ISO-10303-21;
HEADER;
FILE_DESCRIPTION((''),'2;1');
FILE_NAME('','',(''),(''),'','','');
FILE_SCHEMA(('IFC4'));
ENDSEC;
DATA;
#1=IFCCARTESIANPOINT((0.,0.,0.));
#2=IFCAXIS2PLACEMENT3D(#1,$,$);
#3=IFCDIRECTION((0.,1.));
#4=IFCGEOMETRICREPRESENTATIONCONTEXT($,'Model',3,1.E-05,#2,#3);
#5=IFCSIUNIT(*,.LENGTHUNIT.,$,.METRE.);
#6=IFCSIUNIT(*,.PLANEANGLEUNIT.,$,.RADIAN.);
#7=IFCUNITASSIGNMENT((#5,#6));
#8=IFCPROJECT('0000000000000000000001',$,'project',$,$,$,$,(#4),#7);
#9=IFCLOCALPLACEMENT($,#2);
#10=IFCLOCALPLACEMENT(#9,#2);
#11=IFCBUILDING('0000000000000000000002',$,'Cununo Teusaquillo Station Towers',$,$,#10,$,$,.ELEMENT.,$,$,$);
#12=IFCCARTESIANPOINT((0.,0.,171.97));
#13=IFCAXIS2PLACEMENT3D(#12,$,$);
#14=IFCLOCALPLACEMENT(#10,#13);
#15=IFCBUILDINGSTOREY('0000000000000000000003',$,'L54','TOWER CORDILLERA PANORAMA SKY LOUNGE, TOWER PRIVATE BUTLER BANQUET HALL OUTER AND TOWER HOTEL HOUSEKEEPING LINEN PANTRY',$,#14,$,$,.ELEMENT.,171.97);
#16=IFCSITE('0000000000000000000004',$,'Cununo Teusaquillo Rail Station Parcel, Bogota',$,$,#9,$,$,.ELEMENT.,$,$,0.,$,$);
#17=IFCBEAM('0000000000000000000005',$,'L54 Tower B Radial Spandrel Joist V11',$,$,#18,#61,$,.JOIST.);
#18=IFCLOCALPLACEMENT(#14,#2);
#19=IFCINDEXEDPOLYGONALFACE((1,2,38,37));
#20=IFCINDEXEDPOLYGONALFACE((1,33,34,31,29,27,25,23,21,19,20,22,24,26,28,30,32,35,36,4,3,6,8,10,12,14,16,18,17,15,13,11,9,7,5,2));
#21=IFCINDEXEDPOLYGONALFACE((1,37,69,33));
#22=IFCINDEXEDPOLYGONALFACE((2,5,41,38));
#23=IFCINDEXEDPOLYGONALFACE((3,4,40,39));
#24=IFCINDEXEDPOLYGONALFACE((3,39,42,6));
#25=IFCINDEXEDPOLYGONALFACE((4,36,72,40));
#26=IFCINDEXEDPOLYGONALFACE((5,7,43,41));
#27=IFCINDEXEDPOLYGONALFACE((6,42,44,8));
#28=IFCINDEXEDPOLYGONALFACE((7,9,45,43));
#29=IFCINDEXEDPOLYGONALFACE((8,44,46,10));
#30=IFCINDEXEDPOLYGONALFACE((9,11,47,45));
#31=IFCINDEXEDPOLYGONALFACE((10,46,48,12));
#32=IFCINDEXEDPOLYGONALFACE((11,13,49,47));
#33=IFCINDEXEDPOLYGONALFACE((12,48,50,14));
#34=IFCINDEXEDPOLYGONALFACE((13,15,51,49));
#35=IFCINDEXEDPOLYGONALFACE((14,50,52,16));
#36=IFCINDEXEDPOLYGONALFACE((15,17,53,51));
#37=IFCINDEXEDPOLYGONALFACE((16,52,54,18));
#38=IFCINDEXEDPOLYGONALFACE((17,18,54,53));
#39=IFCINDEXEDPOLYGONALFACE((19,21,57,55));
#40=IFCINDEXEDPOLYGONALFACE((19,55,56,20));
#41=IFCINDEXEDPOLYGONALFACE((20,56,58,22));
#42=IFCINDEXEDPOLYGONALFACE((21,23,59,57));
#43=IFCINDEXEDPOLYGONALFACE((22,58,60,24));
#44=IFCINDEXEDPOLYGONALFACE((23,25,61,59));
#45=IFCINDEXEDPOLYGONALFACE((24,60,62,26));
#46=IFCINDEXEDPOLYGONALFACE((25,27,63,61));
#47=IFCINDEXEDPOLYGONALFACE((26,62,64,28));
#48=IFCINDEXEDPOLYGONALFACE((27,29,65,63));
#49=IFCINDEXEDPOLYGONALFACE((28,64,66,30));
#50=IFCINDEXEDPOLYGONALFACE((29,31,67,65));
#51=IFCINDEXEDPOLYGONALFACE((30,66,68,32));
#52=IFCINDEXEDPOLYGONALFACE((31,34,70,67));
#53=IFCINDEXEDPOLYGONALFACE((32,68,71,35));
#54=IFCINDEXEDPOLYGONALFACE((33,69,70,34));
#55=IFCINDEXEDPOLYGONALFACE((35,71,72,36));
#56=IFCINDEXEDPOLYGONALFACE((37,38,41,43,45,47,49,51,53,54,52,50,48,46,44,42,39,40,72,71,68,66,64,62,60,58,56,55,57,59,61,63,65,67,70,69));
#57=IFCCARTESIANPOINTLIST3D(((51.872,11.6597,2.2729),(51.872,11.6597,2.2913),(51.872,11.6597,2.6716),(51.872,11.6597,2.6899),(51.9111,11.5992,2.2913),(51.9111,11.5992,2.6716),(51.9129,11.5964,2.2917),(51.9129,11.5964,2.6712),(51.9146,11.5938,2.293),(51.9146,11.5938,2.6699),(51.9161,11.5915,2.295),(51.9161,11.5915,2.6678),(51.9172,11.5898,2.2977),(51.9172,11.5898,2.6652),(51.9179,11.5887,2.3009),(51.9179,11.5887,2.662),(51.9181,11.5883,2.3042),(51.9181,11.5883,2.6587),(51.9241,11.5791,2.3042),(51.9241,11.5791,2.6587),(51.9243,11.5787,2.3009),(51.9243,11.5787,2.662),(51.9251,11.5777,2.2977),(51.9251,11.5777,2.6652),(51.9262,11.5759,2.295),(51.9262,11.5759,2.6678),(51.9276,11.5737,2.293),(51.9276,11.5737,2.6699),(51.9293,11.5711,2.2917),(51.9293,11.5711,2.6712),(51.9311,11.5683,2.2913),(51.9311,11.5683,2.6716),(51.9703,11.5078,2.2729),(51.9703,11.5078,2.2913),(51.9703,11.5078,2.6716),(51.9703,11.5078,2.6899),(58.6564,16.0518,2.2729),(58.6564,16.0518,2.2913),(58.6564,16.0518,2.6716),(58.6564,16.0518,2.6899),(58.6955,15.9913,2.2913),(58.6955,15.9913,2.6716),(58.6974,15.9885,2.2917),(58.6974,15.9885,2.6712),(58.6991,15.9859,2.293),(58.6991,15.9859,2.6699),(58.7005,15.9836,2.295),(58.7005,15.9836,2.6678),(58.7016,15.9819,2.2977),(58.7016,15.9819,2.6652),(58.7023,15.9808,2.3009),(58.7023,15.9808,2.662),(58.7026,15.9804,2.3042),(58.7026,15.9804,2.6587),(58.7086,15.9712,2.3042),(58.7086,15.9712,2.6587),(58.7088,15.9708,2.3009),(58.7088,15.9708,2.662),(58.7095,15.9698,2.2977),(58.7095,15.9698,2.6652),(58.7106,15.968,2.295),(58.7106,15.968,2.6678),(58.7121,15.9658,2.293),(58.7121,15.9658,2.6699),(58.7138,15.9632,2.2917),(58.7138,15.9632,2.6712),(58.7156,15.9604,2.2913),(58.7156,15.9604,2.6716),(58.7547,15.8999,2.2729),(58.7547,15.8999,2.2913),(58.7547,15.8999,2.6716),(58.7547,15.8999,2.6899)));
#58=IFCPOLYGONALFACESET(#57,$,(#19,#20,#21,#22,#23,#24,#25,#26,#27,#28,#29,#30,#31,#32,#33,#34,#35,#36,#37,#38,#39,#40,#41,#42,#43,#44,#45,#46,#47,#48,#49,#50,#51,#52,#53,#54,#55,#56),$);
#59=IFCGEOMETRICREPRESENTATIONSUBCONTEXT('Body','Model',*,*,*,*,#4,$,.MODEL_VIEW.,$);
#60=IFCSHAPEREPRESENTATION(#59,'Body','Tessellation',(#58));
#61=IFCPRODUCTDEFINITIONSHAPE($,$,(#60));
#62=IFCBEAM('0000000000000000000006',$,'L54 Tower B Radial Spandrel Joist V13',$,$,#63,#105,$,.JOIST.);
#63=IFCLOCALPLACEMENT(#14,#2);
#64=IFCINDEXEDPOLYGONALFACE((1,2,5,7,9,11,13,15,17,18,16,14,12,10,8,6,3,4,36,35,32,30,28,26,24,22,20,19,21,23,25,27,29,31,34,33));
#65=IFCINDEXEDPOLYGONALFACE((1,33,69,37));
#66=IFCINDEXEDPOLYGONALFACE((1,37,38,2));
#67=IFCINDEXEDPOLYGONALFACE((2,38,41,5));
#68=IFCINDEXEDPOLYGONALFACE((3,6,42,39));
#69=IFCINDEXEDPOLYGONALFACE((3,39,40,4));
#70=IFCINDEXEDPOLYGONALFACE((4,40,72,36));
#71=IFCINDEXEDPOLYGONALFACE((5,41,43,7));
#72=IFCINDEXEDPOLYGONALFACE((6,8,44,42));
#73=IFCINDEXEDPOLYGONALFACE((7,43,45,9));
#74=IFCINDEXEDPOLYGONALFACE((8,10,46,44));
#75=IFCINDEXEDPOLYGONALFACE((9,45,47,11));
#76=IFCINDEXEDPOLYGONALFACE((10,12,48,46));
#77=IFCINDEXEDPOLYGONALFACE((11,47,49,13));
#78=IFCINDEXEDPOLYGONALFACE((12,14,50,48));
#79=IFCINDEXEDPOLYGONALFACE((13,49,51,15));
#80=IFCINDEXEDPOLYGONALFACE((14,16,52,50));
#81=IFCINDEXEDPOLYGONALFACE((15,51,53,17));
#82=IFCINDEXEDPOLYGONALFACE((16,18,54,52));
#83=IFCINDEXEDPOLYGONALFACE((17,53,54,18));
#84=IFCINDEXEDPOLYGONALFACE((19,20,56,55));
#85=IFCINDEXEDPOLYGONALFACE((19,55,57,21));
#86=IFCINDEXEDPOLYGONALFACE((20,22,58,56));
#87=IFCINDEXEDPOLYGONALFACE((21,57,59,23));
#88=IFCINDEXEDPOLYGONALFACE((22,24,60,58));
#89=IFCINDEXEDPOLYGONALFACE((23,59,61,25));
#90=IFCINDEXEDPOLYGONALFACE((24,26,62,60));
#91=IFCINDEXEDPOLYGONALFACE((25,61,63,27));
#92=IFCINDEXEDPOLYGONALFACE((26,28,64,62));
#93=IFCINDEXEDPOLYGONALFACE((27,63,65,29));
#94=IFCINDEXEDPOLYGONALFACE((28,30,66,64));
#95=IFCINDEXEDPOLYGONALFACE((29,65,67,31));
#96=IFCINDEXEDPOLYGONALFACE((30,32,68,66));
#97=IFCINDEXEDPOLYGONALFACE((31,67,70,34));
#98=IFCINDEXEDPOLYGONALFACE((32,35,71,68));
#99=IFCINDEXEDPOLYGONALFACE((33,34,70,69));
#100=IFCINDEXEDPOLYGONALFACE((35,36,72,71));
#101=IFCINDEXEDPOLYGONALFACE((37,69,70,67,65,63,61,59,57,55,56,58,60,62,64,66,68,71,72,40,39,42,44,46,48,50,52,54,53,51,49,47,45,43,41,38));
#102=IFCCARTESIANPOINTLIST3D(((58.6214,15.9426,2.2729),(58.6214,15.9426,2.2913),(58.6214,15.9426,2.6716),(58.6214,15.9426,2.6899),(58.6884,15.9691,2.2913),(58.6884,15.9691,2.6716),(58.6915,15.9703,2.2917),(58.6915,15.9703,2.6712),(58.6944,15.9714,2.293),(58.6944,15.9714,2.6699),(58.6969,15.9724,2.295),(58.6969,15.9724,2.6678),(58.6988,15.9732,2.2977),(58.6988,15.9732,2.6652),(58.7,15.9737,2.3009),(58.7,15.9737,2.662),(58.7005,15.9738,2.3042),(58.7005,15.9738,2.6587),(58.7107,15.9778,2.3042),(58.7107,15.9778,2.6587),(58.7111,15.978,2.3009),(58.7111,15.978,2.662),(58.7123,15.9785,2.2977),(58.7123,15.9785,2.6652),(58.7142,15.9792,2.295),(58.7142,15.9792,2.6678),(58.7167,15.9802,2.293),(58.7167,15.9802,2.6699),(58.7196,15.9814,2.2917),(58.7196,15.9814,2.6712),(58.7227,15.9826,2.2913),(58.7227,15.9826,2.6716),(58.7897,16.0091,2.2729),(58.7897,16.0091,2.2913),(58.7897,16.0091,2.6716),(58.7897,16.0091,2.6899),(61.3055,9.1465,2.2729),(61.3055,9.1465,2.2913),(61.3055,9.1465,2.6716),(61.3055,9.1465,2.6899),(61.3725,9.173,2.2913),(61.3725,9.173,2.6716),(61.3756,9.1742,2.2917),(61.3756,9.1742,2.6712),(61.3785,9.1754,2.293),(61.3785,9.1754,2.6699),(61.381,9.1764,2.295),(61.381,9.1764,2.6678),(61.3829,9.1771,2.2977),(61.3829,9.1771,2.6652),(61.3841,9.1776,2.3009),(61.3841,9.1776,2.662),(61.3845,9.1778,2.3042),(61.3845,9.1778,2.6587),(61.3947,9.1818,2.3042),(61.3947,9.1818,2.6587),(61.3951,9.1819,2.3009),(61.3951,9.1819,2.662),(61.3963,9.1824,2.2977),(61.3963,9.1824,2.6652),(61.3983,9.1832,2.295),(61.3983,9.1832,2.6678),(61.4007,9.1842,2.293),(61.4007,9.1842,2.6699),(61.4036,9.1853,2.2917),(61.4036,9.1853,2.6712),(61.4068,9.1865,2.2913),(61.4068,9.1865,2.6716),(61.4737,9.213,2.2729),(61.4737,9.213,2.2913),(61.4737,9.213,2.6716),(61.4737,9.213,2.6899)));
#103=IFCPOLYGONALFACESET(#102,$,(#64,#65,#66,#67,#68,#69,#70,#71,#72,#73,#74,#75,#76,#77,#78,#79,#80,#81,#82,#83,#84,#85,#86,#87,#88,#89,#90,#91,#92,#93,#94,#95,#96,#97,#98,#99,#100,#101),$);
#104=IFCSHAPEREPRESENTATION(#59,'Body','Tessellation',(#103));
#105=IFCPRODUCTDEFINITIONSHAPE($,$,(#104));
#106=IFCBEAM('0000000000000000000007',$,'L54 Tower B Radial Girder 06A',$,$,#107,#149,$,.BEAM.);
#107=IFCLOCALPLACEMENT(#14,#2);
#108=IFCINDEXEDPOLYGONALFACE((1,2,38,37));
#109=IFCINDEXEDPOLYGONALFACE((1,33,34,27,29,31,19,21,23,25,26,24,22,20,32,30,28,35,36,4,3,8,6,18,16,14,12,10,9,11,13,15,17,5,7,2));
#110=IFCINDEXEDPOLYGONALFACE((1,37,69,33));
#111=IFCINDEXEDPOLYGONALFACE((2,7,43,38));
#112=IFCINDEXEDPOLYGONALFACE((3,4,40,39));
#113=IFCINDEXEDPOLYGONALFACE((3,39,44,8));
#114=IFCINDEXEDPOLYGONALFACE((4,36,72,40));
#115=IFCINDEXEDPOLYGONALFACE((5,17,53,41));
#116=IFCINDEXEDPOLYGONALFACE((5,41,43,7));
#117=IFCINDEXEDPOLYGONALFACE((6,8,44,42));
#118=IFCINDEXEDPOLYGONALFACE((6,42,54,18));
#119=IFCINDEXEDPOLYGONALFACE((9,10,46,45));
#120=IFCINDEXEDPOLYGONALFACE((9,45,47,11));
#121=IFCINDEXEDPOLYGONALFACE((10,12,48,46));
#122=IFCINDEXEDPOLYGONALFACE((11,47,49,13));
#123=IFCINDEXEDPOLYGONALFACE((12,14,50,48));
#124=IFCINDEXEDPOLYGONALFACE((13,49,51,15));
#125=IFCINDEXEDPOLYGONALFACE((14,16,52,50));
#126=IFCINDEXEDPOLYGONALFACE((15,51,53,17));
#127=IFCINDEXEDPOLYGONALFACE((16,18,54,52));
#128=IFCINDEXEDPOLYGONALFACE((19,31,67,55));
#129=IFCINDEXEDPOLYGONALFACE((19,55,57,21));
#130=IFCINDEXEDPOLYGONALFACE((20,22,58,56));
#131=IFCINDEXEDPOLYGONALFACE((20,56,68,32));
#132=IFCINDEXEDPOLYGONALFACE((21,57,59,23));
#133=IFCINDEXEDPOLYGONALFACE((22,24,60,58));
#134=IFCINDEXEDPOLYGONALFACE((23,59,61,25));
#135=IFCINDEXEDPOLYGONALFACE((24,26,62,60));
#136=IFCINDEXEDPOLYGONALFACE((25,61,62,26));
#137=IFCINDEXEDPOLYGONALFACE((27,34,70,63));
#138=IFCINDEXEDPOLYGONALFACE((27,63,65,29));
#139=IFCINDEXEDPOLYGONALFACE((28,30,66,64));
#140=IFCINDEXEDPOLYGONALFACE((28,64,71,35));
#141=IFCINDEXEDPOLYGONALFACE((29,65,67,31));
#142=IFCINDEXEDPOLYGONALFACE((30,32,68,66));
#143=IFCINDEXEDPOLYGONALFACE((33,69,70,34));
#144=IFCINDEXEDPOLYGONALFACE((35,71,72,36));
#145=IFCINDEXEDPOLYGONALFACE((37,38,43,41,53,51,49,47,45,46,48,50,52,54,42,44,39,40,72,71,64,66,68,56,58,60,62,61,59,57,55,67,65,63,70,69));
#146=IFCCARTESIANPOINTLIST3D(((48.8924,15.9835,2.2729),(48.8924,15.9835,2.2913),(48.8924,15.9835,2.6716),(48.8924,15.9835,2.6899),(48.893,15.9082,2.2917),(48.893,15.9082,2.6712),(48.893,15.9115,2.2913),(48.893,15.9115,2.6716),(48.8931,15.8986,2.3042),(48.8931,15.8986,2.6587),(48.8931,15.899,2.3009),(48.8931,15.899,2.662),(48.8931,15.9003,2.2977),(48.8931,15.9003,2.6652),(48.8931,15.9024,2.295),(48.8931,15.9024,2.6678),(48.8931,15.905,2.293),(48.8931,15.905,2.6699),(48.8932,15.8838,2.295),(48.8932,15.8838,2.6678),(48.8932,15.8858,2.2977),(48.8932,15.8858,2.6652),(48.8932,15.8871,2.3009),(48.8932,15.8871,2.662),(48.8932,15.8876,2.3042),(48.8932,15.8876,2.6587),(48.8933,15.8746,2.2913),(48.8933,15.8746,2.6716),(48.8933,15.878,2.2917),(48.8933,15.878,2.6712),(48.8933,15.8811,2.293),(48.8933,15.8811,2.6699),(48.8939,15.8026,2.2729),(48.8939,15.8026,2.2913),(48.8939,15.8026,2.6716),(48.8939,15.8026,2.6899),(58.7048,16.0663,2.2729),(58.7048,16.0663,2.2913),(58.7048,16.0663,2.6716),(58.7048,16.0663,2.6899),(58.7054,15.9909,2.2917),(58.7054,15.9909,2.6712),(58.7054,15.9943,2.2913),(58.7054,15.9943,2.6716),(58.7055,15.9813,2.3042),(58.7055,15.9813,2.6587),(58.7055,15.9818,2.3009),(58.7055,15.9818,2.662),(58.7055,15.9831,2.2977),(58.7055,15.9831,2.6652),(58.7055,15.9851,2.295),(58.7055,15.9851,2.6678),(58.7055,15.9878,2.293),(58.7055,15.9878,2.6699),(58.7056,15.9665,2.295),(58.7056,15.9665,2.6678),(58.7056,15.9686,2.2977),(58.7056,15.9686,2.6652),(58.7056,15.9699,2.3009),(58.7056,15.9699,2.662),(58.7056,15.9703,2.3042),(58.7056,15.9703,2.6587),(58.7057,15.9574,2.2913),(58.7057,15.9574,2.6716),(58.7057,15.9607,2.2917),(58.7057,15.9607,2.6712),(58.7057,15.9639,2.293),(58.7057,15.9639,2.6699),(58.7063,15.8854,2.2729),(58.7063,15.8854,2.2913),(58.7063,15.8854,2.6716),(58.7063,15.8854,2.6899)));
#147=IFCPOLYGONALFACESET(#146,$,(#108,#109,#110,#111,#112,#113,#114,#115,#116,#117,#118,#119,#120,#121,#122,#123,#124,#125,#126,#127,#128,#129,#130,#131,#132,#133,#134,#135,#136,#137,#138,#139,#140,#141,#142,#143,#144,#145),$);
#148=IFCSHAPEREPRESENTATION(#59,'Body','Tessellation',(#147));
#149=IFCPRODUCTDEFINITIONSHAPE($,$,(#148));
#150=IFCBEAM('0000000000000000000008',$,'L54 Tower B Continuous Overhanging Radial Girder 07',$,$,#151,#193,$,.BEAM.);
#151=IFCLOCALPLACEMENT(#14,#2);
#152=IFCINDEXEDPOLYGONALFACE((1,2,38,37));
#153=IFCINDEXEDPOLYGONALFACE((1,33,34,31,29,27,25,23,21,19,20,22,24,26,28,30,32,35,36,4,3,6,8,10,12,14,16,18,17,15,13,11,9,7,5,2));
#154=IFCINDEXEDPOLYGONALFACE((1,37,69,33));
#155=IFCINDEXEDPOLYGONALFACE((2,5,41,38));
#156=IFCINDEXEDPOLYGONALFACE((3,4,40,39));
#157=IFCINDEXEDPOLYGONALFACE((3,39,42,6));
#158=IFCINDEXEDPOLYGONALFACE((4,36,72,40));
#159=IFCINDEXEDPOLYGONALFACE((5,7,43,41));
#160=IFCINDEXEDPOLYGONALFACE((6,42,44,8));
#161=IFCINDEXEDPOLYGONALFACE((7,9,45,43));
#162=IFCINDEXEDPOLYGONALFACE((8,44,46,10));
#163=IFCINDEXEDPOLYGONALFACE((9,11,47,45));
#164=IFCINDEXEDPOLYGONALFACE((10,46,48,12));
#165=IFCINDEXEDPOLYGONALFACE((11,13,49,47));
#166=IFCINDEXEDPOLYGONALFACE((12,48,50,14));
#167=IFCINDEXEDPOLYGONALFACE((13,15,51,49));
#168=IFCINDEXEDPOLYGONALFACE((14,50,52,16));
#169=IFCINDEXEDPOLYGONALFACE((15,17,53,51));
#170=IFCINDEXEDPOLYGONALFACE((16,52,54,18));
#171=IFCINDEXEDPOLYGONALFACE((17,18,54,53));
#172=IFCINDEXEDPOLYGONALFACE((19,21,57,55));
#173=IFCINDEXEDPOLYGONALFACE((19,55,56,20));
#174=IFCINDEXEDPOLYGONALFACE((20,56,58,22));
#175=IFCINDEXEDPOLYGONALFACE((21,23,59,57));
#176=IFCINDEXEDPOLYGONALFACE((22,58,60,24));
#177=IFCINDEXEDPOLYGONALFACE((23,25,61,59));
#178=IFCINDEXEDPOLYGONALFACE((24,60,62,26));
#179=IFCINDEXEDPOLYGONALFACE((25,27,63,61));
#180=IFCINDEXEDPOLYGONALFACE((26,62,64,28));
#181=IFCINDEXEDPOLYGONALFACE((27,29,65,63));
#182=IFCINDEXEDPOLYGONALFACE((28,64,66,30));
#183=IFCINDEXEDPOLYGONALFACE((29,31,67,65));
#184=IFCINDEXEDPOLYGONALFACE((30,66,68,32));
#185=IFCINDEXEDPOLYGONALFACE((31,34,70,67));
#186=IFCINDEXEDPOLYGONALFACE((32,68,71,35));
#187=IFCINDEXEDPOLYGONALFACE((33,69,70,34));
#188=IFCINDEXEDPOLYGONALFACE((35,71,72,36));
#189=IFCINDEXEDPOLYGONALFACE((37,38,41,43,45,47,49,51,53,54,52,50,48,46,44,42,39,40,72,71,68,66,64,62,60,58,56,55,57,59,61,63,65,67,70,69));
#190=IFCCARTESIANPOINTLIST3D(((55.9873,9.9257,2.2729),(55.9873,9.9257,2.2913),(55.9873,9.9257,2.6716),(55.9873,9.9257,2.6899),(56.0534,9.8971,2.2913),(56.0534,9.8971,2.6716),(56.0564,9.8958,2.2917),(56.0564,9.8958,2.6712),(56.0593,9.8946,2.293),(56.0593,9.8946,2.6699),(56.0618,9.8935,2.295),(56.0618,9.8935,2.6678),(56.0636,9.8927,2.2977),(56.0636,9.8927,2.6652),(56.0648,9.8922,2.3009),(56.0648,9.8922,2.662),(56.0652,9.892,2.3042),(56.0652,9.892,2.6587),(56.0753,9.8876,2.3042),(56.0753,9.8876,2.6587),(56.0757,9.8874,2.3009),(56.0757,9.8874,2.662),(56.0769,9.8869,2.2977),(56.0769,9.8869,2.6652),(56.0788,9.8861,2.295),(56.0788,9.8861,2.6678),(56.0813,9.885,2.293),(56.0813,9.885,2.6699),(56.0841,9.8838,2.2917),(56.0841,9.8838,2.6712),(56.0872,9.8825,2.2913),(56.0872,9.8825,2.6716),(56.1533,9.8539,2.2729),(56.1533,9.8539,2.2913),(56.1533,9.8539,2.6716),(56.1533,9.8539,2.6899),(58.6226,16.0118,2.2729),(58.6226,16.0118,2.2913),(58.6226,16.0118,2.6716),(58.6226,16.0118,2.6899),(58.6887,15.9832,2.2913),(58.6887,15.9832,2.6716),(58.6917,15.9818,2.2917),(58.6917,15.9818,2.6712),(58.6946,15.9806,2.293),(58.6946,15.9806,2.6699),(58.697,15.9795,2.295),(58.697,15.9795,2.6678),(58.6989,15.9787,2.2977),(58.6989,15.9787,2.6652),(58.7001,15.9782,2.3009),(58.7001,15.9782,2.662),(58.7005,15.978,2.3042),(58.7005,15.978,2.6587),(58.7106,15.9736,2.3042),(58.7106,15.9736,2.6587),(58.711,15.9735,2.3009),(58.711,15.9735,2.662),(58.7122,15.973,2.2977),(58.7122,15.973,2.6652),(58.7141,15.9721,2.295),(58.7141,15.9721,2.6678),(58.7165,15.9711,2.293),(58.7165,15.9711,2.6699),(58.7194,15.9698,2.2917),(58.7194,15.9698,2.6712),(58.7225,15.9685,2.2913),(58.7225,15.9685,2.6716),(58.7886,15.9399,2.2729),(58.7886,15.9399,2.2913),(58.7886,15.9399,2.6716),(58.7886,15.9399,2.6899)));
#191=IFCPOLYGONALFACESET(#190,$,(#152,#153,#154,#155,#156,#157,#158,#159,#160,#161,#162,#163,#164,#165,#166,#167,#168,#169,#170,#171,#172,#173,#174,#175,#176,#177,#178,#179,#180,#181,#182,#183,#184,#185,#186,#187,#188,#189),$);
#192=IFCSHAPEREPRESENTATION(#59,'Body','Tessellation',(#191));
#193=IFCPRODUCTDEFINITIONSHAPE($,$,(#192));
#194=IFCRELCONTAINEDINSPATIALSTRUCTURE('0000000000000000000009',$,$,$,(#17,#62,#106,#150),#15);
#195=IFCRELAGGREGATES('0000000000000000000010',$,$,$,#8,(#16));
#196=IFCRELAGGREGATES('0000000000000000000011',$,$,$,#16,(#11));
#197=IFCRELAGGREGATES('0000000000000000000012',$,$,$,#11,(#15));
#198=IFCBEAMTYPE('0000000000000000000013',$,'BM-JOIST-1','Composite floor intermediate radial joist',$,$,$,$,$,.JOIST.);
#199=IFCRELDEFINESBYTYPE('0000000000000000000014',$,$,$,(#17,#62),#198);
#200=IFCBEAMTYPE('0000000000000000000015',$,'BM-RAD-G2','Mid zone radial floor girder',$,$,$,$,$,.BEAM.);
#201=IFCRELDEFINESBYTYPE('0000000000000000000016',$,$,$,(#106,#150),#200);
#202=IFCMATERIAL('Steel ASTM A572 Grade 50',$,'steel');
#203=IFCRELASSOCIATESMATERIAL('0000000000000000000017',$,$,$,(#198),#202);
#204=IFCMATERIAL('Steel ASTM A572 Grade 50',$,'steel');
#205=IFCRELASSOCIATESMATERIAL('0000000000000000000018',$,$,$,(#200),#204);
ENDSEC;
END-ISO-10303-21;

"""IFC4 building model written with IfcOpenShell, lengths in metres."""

from ifc_helpers import new_model, si_unit, direction, frame, origin, origin_2d, place, context, subcontext, project, spatial, i_section, extrude, material, material_profile, profile_set, type_object, element, save


model = new_model("IFC4")

# Units and contexts
model_context = context("Model", 3, precision=1e-05, world=origin(), true_north=direction((0.0, 1.0)))
body_context = subcontext(model_context, "Body", "Model", "MODEL_VIEW")
ifc_project = project(units=[si_unit("LENGTHUNIT", "METRE"), si_unit("PLANEANGLEUNIT", "RADIAN")], contexts=[model_context])

# Site, building, storey
site_placement = place(None, origin())
site = spatial("IfcSite", under=ifc_project, at=site_placement, Name="Cununo Teusaquillo Rail Station Parcel, Bogota", CompositionType="ELEMENT", RefElevation=0.0)
building_placement = place(site_placement, origin())
building = spatial("IfcBuilding", under=site, at=building_placement, Name="Cununo Teusaquillo Station Towers", CompositionType="ELEMENT")
storey_placement = place(building_placement, frame((0.0, 0.0, 171.97)))
storey = spatial("IfcBuildingStorey", under=building, at=storey_placement, Name="L54", Description="TOWER CORDILLERA PANORAMA SKY LOUNGE, TOWER PRIVATE BUTLER BANQUET HALL OUTER AND TOWER HOTEL HOUSEKEEPING LINEN PANTRY", CompositionType="ELEMENT", Elevation=171.97)

# Beams
ifc_material_1 = material(Name="Steel ASTM A572 Grade 50", Category="steel")
ifc_material_profile_1 = material_profile(ifc_material_1, i_section(OverallWidth=0.1809, OverallDepth=0.417, WebThickness=0.011, FlangeThickness=0.0183, FilletRadius=0.0129, at=origin_2d()), Name="W16X57")
ifc_profile_set_1 = profile_set([ifc_material_profile_1], Name="Steel ASTM A572 Grade 50")
beam_type_1 = type_object("IfcBeamType", Name="BM-JOIST-1", Description="Composite floor intermediate radial joist", PredefinedType="JOIST", material=ifc_profile_set_1)
beam_1_placement = place(storey_placement, frame((58.7056, 15.9758, 2.4814), z_axis=(-0.839448, -0.54344, 0.0), x_axis=(0.54344, -0.839448, 0.0)))
element("IfcBeam", 1, at=beam_1_placement, inside=storey, type_object=beam_type_1, Name="L54 Tower B Radial Spandrel Joist V11", PredefinedType="JOIST", context=body_context, shape_type="SweptSolid", body=[
    extrude(i_section(OverallWidth=0.1809, OverallDepth=0.417, WebThickness=0.011, FlangeThickness=0.0183, FilletRadius=0.0129, at=origin_2d()), origin(), (0.0, 0.0, 1.0), 8.082),
])
beam_2_placement = place(storey_placement, frame((58.7056, 15.9758, 2.4814), z_axis=(0.367332, -0.93009, 0.0), x_axis=(0.93009, 0.367332, 0.0)))
element("IfcBeam", 2, at=beam_2_placement, inside=storey, type_object=beam_type_1, Name="L54 Tower B Radial Spandrel Joist V13", PredefinedType="JOIST", context=body_context, shape_type="SweptSolid", body=[
    extrude(i_section(OverallWidth=0.1809, OverallDepth=0.417, WebThickness=0.011, FlangeThickness=0.0183, FilletRadius=0.0129, at=origin_2d()), origin(), (0.0, 0.0, 1.0), 7.3069),
])
ifc_material_2 = material(Name="Steel ASTM A572 Grade 50", Category="steel")
ifc_material_profile_2 = material_profile(ifc_material_2, i_section(OverallWidth=0.1809, OverallDepth=0.417, WebThickness=0.011, FlangeThickness=0.0183, FilletRadius=0.0129, at=origin_2d()), Name="W16X57")
ifc_profile_set_2 = profile_set([ifc_material_profile_2], Name="Steel ASTM A572 Grade 50")
beam_type_2 = type_object("IfcBeamType", Name="BM-RAD-G2", Description="Mid zone radial floor girder", PredefinedType="BEAM", material=ifc_profile_set_2)
beam_3_placement = place(storey_placement, frame((58.7056, 15.9758, 2.4814), z_axis=(-0.999964, -0.008434, 0.0), x_axis=(0.008434, -0.999964, 0.0)))
element("IfcBeam", 3, at=beam_3_placement, inside=storey, type_object=beam_type_2, Name="L54 Tower B Radial Girder 06A", PredefinedType="BEAM", context=body_context, shape_type="SweptSolid", body=[
    extrude(i_section(OverallWidth=0.1809, OverallDepth=0.417, WebThickness=0.011, FlangeThickness=0.0183, FilletRadius=0.0129, at=origin_2d()), origin(), (0.0, 0.0, 1.0), 9.8127),
])
beam_4_placement = place(storey_placement, frame((58.7056, 15.9758, 2.4814), z_axis=(-0.397355, -0.917665, 0.0), x_axis=(0.917665, -0.397355, 0.0)))
element("IfcBeam", 4, at=beam_4_placement, inside=storey, type_object=beam_type_2, Name="L54 Tower B Continuous Overhanging Radial Girder 07", PredefinedType="BEAM", context=body_context, shape_type="SweptSolid", body=[
    extrude(i_section(OverallWidth=0.1809, OverallDepth=0.417, WebThickness=0.011, FlangeThickness=0.0183, FilletRadius=0.0129, at=origin_2d()), origin(), (0.0, 0.0, 1.0), 6.6321),
])

save(model, "model.ifc")
